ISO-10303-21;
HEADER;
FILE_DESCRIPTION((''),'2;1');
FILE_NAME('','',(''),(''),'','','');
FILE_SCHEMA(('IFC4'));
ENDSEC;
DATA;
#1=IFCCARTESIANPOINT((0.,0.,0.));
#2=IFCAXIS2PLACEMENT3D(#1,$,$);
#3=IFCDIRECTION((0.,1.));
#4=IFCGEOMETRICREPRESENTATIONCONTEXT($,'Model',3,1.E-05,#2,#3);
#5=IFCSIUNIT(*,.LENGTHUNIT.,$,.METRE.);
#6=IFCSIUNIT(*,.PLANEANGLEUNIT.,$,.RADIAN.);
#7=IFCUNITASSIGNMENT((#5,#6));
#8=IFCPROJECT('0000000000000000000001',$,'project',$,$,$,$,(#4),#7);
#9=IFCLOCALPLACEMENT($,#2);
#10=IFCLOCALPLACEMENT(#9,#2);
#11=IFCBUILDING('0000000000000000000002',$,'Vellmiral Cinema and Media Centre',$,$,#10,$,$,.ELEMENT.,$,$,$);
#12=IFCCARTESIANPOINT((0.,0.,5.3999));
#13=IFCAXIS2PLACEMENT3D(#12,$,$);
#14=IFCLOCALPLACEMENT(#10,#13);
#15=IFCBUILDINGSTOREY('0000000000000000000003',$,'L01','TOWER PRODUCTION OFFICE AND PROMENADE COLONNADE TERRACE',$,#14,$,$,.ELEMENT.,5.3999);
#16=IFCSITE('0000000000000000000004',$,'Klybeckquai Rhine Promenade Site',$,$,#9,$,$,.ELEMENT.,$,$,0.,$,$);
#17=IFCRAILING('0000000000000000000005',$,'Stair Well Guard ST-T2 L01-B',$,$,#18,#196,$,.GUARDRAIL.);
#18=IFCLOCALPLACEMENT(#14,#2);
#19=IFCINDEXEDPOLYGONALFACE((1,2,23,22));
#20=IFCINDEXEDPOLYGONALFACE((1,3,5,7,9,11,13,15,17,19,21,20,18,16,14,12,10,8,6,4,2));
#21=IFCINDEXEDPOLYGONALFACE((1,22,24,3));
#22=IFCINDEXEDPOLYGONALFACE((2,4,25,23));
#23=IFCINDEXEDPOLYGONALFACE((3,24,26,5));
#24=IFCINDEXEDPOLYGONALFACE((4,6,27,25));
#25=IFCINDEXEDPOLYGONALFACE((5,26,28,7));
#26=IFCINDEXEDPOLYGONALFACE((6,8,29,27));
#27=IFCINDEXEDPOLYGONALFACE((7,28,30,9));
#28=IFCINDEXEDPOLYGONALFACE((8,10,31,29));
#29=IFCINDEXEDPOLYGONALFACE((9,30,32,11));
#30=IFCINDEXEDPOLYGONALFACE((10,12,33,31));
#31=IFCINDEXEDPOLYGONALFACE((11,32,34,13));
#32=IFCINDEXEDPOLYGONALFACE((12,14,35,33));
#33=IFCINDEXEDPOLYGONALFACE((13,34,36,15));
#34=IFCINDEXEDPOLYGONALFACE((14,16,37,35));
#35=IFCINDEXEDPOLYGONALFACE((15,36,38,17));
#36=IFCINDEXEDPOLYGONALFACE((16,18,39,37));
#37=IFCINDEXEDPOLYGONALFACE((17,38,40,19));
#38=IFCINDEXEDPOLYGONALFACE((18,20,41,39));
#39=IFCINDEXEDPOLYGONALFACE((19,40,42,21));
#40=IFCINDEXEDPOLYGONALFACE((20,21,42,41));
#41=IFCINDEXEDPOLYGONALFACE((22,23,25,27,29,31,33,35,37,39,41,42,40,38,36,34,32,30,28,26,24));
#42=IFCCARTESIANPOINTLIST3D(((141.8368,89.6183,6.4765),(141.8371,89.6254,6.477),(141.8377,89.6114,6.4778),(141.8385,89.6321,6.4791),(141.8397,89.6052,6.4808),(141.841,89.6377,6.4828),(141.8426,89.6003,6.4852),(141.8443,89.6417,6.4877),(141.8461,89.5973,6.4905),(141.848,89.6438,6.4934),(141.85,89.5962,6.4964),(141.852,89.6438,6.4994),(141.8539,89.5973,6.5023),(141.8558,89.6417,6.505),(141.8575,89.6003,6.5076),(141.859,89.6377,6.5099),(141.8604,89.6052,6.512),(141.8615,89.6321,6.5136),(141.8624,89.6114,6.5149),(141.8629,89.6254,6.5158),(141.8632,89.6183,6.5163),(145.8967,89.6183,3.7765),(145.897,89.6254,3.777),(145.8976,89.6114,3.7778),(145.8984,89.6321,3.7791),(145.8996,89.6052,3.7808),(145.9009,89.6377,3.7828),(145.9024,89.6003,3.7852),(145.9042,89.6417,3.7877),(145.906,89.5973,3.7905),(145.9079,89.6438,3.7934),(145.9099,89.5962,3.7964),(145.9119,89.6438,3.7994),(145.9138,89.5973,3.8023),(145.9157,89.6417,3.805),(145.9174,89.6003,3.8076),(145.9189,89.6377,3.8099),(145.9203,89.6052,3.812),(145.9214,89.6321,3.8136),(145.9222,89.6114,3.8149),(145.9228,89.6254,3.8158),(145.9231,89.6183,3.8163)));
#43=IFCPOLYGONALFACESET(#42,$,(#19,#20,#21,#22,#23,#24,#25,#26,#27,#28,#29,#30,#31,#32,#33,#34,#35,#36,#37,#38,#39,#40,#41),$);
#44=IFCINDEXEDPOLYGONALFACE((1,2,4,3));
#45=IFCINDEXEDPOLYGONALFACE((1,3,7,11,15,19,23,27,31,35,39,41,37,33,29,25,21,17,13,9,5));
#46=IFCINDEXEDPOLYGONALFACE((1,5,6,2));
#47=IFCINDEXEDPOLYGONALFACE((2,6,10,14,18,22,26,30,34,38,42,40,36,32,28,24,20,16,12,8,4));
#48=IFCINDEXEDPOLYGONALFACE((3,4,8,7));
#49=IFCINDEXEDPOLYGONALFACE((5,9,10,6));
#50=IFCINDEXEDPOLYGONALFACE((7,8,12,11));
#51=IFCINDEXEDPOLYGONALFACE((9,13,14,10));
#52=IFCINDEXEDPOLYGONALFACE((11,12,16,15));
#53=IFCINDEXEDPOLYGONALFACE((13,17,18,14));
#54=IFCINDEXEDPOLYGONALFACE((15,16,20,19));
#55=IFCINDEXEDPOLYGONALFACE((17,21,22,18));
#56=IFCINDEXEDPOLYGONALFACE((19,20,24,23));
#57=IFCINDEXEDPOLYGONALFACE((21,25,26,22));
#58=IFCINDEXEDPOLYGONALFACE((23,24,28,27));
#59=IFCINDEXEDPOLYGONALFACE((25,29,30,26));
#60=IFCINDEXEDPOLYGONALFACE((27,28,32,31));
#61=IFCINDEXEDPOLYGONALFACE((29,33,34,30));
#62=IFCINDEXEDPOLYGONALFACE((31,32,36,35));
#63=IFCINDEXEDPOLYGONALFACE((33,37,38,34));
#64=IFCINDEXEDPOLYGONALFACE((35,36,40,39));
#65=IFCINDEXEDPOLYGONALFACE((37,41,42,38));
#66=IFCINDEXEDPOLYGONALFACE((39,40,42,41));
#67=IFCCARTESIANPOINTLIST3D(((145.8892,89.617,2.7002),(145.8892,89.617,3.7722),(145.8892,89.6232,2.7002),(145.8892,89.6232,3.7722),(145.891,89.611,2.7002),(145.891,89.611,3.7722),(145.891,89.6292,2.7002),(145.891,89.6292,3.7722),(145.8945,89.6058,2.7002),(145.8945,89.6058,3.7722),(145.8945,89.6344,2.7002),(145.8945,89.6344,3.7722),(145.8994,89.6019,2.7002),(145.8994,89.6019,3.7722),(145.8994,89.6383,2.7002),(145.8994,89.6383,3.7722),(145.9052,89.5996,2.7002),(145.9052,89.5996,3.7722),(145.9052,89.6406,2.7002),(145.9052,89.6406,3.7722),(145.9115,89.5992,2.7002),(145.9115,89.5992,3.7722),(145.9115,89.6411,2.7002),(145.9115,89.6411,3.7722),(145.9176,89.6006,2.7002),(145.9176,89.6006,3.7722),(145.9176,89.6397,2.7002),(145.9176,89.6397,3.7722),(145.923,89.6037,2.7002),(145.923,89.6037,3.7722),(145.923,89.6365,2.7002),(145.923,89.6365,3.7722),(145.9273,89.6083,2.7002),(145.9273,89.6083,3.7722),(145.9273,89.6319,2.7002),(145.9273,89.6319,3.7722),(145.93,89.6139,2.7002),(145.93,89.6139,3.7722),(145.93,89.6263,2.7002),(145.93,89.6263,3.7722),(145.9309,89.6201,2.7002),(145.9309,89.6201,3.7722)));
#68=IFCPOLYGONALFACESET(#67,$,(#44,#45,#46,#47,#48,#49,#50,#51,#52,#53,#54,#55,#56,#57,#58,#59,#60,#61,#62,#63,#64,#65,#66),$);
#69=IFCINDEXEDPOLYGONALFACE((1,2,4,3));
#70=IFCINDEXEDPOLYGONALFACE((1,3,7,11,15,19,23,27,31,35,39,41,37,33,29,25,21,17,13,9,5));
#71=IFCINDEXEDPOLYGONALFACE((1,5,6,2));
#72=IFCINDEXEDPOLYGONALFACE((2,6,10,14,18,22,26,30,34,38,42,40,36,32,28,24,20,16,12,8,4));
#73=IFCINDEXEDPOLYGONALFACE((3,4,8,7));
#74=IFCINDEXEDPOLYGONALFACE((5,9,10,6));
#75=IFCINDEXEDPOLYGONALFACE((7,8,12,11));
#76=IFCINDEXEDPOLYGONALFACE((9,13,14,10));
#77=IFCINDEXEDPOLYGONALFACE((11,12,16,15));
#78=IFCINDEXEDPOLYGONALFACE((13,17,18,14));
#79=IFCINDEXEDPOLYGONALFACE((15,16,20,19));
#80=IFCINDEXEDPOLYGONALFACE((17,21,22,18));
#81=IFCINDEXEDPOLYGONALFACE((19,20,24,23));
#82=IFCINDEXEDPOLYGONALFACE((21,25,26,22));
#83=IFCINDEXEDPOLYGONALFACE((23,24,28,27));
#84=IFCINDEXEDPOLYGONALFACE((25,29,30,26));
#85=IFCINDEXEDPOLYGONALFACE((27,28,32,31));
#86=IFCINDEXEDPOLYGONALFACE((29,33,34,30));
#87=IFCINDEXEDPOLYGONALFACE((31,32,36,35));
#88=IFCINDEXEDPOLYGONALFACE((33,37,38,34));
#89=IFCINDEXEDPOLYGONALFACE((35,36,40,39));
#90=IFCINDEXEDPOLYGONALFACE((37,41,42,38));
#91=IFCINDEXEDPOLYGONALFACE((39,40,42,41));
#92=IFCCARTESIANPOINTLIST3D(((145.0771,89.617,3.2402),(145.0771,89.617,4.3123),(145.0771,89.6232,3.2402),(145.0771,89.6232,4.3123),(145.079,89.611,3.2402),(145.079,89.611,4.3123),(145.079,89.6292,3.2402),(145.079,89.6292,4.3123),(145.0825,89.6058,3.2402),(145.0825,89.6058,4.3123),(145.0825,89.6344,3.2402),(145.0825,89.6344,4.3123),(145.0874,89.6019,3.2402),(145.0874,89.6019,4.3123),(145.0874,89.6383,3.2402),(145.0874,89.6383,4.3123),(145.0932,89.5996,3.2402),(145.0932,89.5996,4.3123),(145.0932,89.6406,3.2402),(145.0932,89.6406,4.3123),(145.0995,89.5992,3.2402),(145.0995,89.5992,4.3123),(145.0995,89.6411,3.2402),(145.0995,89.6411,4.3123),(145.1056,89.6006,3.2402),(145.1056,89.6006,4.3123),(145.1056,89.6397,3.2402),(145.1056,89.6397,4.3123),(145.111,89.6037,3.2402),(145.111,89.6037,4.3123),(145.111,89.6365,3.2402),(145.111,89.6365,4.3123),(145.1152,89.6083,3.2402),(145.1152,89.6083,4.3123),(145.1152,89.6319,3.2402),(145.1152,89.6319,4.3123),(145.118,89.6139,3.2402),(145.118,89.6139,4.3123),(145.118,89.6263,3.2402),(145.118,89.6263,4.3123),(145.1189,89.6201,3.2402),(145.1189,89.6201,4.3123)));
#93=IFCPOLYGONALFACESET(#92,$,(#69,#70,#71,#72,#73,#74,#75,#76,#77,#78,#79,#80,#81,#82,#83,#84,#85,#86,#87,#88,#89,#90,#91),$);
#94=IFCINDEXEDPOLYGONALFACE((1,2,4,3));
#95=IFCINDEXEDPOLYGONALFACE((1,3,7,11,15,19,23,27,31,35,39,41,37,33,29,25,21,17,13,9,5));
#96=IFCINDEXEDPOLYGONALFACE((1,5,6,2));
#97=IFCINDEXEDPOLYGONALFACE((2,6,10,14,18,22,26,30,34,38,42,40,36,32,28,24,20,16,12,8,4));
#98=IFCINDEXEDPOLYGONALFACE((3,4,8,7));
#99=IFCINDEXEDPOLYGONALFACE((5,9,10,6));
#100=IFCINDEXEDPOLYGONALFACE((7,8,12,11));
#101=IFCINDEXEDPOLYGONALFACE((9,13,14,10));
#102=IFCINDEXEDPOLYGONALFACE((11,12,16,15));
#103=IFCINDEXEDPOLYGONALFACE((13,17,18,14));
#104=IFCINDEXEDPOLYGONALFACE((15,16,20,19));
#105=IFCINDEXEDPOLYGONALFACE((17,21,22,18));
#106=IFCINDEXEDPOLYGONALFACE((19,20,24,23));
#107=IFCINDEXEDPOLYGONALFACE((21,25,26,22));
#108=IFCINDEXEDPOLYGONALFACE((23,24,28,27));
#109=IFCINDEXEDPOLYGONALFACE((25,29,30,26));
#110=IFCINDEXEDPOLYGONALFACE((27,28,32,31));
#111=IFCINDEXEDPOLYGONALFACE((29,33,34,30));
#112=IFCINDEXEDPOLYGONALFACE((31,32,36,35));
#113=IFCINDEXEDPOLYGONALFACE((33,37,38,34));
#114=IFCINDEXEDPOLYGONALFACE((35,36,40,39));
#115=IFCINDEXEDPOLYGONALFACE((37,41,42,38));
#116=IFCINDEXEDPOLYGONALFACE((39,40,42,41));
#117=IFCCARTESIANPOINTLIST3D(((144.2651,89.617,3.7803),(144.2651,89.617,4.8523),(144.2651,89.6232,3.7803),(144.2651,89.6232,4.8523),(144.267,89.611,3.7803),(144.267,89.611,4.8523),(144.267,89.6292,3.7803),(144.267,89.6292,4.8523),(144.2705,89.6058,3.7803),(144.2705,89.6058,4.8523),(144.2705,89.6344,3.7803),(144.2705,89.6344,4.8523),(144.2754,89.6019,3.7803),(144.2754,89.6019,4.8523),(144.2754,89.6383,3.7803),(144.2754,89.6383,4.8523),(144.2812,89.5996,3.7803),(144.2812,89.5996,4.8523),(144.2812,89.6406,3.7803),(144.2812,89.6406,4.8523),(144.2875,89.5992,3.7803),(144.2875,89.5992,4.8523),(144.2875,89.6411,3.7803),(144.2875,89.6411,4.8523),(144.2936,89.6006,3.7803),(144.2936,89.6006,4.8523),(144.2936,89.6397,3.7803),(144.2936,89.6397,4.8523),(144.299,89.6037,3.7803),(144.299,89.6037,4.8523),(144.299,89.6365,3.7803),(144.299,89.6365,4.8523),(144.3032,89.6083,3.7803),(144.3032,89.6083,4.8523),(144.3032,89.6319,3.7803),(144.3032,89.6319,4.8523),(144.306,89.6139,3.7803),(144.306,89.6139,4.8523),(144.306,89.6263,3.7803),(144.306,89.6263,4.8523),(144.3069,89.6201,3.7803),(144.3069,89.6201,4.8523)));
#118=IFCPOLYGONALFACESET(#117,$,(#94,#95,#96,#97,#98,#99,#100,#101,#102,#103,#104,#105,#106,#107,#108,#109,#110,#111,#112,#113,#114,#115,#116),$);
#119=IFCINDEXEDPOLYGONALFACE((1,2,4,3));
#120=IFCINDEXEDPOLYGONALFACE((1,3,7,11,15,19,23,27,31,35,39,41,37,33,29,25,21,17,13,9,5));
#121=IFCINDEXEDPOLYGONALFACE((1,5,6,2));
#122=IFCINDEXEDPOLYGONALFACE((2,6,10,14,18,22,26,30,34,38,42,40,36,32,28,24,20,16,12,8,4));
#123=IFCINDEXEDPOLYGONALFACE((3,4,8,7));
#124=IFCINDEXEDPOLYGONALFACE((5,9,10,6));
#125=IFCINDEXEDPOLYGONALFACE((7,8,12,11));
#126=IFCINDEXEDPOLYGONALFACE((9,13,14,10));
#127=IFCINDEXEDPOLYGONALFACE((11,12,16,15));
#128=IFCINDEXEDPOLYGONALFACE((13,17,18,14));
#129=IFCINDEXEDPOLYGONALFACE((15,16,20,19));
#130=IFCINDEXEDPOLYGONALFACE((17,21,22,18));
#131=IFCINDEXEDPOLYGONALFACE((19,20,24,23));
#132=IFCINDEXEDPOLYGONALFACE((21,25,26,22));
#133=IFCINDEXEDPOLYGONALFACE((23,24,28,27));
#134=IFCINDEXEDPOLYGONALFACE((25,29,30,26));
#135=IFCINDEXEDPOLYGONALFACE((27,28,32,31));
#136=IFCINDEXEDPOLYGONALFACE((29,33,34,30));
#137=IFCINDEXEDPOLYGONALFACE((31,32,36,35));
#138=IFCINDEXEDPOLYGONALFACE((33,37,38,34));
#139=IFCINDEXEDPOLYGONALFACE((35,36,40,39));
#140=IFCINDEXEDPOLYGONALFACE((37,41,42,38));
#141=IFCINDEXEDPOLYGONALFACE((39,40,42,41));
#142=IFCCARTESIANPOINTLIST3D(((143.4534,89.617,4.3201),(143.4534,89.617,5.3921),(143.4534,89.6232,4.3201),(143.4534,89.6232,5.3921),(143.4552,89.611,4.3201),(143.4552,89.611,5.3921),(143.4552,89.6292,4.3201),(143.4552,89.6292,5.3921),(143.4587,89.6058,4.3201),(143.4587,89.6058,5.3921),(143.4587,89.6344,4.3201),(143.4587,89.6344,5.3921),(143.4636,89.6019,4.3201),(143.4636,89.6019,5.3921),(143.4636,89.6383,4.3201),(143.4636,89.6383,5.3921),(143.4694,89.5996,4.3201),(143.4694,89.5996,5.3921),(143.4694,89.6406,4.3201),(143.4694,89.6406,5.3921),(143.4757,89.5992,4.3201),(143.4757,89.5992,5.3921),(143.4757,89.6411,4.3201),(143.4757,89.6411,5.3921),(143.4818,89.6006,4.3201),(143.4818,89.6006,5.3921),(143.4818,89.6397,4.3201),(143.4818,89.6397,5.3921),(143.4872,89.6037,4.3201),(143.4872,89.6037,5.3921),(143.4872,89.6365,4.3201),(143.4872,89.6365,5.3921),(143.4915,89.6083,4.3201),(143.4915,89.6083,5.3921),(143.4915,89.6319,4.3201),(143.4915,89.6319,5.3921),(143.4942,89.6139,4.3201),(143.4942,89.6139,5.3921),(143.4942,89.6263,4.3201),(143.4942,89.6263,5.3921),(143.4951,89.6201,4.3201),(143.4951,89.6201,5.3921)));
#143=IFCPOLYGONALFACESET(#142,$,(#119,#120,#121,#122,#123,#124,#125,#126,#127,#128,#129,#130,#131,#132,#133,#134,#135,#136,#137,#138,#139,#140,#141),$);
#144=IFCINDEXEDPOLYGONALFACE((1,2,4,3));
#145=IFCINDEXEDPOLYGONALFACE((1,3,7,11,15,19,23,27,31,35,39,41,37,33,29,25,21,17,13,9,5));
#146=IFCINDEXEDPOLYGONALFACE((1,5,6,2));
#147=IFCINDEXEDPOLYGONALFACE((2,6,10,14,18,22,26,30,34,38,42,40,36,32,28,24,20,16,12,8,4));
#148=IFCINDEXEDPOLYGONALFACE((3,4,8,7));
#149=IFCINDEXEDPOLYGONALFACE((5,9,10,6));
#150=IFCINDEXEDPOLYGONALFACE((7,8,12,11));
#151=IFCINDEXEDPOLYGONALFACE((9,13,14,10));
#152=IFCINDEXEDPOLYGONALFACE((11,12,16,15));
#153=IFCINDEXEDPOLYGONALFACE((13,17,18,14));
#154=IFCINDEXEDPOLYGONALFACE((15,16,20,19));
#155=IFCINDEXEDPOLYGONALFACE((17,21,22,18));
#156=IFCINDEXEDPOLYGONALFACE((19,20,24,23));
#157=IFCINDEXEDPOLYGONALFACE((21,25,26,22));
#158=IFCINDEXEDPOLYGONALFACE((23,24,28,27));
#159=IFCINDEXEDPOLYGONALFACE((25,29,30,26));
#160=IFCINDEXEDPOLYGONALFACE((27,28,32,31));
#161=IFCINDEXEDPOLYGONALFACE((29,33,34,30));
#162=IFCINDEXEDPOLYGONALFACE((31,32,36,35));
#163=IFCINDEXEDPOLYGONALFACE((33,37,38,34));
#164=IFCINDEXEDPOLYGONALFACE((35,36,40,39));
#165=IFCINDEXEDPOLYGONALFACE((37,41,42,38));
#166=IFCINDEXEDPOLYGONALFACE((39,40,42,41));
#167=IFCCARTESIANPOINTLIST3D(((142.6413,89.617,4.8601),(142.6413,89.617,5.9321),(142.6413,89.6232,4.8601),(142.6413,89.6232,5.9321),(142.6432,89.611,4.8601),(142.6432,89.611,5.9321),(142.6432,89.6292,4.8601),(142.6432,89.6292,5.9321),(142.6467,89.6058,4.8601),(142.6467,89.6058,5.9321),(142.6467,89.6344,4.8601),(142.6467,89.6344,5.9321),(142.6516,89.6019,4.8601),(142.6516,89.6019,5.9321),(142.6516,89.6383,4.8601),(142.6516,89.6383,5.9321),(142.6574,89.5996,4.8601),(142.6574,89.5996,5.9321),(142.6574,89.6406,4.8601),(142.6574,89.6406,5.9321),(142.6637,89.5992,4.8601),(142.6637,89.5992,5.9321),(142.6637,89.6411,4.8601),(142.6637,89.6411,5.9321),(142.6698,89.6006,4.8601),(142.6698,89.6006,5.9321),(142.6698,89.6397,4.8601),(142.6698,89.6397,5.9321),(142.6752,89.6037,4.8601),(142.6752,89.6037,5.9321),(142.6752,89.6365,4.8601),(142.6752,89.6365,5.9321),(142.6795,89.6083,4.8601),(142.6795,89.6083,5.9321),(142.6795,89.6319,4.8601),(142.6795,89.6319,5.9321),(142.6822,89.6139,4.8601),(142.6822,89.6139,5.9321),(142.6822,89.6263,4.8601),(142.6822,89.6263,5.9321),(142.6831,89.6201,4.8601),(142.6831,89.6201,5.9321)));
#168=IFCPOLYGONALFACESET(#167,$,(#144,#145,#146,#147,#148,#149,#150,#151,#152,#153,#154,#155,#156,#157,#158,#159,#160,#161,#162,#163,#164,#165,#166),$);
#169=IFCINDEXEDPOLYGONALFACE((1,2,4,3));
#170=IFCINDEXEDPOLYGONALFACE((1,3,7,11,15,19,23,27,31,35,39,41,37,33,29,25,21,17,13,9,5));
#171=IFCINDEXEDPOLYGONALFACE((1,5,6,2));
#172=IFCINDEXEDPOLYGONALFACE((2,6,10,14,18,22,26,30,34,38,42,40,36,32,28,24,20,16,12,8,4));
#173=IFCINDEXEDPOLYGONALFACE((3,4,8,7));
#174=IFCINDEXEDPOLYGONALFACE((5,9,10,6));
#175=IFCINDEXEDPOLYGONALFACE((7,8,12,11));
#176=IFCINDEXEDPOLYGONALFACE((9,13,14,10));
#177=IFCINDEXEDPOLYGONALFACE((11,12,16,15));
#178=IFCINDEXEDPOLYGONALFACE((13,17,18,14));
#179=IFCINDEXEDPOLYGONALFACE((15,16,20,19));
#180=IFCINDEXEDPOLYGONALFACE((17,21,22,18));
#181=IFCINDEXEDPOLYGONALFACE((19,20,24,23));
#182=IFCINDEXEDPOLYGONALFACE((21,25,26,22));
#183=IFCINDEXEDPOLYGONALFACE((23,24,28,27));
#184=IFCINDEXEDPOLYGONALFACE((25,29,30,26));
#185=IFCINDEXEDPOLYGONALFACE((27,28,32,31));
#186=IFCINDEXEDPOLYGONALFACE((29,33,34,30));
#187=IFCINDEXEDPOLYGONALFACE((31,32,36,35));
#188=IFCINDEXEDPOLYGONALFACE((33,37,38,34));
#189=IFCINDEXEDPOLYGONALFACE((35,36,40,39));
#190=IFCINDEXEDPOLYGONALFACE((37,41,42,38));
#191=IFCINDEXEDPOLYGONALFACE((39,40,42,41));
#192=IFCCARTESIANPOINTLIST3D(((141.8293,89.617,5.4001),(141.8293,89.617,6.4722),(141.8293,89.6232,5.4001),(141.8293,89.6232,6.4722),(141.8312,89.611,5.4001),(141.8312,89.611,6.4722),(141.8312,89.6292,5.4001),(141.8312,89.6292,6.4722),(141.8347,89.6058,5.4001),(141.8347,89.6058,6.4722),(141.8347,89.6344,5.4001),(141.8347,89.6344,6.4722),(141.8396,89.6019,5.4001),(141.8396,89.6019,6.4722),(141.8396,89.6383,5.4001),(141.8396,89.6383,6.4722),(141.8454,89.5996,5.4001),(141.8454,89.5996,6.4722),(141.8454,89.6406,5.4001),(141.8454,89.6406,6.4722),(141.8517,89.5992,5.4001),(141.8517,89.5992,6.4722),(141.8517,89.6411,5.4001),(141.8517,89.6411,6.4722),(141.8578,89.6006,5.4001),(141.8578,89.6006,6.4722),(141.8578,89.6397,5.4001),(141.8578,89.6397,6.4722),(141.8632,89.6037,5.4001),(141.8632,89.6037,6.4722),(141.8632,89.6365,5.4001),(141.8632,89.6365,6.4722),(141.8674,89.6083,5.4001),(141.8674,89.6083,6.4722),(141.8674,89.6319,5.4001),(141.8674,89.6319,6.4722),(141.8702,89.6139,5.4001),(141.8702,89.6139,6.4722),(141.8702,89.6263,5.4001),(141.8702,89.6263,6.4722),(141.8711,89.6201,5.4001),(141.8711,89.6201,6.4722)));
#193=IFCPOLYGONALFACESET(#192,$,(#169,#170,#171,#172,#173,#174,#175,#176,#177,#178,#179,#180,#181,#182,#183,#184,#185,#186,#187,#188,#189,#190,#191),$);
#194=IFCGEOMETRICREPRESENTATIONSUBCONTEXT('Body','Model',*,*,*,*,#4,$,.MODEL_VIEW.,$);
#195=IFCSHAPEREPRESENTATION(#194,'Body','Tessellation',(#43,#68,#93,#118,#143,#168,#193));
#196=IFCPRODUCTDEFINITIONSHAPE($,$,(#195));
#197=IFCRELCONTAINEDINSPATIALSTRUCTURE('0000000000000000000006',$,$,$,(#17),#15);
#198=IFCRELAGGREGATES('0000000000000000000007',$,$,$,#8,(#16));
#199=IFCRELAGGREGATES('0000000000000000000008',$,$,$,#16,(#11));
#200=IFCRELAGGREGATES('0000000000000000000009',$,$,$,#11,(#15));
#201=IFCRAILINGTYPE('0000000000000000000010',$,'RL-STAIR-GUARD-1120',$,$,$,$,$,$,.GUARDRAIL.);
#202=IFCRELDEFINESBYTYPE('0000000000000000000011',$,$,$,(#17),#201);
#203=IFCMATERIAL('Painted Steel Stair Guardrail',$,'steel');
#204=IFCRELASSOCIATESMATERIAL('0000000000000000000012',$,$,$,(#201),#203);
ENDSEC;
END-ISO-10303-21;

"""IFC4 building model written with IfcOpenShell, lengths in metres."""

from ifc_helpers import new_model, si_unit, direction, frame, origin, origin_2d, place, context, subcontext, project, spatial, circle, extrude, material, type_object, element, save


model = new_model("IFC4")

# Units and contexts
model_context = context("Model", 3, precision=1e-05, world=origin(), true_north=direction((0.0, 1.0)))
body_context = subcontext(model_context, "Body", "Model", "MODEL_VIEW")
ifc_project = project(units=[si_unit("LENGTHUNIT", "METRE"), si_unit("PLANEANGLEUNIT", "RADIAN")], contexts=[model_context])

# Site, building, storey
site_placement = place(None, origin())
site = spatial("IfcSite", under=ifc_project, at=site_placement, Name="Klybeckquai Rhine Promenade Site", CompositionType="ELEMENT", RefElevation=0.0)
building_placement = place(site_placement, origin())
building = spatial("IfcBuilding", under=site, at=building_placement, Name="Vellmiral Cinema and Media Centre", CompositionType="ELEMENT")
storey_placement = place(building_placement, frame((0.0, 0.0, 5.3999)))
storey = spatial("IfcBuildingStorey", under=building, at=storey_placement, Name="L01", Description="TOWER PRODUCTION OFFICE AND PROMENADE COLONNADE TERRACE", CompositionType="ELEMENT", Elevation=5.3999)

# Railing
ifc_material_1 = material(Name="Painted Steel Stair Guardrail", Category="steel")
railing_type_1 = type_object("IfcRailingType", Name="RL-STAIR-GUARD-1120", PredefinedType="GUARDRAIL", material=ifc_material_1)
railing_1_placement = place(storey_placement, frame((145.9099, 89.6201, 2.7002)))
element("IfcRailing", 1, at=railing_1_placement, inside=storey, type_object=railing_type_1, Name="Stair Well Guard ST-T2 L01-B", PredefinedType="GUARDRAIL", context=body_context, shape_type="SweptSolid", body=[
    extrude(circle(Radius=0.0239, at=origin_2d()), frame((0.0, 0.0, 1.0962), z_axis=(-0.832674, 0.0, 0.553764), x_axis=(0.0, -1.0, 0.0)), (0.0, 0.0, 1.0), 4.8757),
    extrude(circle(Radius=0.021, at=origin_2d()), origin(), (0.0, 0.0, 1.0), 1.072),
    extrude(circle(Radius=0.021, at=origin_2d()), frame((-0.812, 0.0, 0.54)), (0.0, 0.0, 1.0), 1.072),
    extrude(circle(Radius=0.021, at=origin_2d()), frame((-1.624, 0.0, 1.0801)), (0.0, 0.0, 1.0), 1.072),
    extrude(circle(Radius=0.021, at=origin_2d()), frame((-2.4358, 0.0, 1.6199)), (0.0, 0.0, 1.0), 1.072),
    extrude(circle(Radius=0.021, at=origin_2d()), frame((-3.2478, 0.0, 2.1599)), (0.0, 0.0, 1.0), 1.072),
    extrude(circle(Radius=0.021, at=origin_2d()), frame((-4.0598, 0.0, 2.7)), (0.0, 0.0, 1.0), 1.072),
])

save(model, "model.ifc")
